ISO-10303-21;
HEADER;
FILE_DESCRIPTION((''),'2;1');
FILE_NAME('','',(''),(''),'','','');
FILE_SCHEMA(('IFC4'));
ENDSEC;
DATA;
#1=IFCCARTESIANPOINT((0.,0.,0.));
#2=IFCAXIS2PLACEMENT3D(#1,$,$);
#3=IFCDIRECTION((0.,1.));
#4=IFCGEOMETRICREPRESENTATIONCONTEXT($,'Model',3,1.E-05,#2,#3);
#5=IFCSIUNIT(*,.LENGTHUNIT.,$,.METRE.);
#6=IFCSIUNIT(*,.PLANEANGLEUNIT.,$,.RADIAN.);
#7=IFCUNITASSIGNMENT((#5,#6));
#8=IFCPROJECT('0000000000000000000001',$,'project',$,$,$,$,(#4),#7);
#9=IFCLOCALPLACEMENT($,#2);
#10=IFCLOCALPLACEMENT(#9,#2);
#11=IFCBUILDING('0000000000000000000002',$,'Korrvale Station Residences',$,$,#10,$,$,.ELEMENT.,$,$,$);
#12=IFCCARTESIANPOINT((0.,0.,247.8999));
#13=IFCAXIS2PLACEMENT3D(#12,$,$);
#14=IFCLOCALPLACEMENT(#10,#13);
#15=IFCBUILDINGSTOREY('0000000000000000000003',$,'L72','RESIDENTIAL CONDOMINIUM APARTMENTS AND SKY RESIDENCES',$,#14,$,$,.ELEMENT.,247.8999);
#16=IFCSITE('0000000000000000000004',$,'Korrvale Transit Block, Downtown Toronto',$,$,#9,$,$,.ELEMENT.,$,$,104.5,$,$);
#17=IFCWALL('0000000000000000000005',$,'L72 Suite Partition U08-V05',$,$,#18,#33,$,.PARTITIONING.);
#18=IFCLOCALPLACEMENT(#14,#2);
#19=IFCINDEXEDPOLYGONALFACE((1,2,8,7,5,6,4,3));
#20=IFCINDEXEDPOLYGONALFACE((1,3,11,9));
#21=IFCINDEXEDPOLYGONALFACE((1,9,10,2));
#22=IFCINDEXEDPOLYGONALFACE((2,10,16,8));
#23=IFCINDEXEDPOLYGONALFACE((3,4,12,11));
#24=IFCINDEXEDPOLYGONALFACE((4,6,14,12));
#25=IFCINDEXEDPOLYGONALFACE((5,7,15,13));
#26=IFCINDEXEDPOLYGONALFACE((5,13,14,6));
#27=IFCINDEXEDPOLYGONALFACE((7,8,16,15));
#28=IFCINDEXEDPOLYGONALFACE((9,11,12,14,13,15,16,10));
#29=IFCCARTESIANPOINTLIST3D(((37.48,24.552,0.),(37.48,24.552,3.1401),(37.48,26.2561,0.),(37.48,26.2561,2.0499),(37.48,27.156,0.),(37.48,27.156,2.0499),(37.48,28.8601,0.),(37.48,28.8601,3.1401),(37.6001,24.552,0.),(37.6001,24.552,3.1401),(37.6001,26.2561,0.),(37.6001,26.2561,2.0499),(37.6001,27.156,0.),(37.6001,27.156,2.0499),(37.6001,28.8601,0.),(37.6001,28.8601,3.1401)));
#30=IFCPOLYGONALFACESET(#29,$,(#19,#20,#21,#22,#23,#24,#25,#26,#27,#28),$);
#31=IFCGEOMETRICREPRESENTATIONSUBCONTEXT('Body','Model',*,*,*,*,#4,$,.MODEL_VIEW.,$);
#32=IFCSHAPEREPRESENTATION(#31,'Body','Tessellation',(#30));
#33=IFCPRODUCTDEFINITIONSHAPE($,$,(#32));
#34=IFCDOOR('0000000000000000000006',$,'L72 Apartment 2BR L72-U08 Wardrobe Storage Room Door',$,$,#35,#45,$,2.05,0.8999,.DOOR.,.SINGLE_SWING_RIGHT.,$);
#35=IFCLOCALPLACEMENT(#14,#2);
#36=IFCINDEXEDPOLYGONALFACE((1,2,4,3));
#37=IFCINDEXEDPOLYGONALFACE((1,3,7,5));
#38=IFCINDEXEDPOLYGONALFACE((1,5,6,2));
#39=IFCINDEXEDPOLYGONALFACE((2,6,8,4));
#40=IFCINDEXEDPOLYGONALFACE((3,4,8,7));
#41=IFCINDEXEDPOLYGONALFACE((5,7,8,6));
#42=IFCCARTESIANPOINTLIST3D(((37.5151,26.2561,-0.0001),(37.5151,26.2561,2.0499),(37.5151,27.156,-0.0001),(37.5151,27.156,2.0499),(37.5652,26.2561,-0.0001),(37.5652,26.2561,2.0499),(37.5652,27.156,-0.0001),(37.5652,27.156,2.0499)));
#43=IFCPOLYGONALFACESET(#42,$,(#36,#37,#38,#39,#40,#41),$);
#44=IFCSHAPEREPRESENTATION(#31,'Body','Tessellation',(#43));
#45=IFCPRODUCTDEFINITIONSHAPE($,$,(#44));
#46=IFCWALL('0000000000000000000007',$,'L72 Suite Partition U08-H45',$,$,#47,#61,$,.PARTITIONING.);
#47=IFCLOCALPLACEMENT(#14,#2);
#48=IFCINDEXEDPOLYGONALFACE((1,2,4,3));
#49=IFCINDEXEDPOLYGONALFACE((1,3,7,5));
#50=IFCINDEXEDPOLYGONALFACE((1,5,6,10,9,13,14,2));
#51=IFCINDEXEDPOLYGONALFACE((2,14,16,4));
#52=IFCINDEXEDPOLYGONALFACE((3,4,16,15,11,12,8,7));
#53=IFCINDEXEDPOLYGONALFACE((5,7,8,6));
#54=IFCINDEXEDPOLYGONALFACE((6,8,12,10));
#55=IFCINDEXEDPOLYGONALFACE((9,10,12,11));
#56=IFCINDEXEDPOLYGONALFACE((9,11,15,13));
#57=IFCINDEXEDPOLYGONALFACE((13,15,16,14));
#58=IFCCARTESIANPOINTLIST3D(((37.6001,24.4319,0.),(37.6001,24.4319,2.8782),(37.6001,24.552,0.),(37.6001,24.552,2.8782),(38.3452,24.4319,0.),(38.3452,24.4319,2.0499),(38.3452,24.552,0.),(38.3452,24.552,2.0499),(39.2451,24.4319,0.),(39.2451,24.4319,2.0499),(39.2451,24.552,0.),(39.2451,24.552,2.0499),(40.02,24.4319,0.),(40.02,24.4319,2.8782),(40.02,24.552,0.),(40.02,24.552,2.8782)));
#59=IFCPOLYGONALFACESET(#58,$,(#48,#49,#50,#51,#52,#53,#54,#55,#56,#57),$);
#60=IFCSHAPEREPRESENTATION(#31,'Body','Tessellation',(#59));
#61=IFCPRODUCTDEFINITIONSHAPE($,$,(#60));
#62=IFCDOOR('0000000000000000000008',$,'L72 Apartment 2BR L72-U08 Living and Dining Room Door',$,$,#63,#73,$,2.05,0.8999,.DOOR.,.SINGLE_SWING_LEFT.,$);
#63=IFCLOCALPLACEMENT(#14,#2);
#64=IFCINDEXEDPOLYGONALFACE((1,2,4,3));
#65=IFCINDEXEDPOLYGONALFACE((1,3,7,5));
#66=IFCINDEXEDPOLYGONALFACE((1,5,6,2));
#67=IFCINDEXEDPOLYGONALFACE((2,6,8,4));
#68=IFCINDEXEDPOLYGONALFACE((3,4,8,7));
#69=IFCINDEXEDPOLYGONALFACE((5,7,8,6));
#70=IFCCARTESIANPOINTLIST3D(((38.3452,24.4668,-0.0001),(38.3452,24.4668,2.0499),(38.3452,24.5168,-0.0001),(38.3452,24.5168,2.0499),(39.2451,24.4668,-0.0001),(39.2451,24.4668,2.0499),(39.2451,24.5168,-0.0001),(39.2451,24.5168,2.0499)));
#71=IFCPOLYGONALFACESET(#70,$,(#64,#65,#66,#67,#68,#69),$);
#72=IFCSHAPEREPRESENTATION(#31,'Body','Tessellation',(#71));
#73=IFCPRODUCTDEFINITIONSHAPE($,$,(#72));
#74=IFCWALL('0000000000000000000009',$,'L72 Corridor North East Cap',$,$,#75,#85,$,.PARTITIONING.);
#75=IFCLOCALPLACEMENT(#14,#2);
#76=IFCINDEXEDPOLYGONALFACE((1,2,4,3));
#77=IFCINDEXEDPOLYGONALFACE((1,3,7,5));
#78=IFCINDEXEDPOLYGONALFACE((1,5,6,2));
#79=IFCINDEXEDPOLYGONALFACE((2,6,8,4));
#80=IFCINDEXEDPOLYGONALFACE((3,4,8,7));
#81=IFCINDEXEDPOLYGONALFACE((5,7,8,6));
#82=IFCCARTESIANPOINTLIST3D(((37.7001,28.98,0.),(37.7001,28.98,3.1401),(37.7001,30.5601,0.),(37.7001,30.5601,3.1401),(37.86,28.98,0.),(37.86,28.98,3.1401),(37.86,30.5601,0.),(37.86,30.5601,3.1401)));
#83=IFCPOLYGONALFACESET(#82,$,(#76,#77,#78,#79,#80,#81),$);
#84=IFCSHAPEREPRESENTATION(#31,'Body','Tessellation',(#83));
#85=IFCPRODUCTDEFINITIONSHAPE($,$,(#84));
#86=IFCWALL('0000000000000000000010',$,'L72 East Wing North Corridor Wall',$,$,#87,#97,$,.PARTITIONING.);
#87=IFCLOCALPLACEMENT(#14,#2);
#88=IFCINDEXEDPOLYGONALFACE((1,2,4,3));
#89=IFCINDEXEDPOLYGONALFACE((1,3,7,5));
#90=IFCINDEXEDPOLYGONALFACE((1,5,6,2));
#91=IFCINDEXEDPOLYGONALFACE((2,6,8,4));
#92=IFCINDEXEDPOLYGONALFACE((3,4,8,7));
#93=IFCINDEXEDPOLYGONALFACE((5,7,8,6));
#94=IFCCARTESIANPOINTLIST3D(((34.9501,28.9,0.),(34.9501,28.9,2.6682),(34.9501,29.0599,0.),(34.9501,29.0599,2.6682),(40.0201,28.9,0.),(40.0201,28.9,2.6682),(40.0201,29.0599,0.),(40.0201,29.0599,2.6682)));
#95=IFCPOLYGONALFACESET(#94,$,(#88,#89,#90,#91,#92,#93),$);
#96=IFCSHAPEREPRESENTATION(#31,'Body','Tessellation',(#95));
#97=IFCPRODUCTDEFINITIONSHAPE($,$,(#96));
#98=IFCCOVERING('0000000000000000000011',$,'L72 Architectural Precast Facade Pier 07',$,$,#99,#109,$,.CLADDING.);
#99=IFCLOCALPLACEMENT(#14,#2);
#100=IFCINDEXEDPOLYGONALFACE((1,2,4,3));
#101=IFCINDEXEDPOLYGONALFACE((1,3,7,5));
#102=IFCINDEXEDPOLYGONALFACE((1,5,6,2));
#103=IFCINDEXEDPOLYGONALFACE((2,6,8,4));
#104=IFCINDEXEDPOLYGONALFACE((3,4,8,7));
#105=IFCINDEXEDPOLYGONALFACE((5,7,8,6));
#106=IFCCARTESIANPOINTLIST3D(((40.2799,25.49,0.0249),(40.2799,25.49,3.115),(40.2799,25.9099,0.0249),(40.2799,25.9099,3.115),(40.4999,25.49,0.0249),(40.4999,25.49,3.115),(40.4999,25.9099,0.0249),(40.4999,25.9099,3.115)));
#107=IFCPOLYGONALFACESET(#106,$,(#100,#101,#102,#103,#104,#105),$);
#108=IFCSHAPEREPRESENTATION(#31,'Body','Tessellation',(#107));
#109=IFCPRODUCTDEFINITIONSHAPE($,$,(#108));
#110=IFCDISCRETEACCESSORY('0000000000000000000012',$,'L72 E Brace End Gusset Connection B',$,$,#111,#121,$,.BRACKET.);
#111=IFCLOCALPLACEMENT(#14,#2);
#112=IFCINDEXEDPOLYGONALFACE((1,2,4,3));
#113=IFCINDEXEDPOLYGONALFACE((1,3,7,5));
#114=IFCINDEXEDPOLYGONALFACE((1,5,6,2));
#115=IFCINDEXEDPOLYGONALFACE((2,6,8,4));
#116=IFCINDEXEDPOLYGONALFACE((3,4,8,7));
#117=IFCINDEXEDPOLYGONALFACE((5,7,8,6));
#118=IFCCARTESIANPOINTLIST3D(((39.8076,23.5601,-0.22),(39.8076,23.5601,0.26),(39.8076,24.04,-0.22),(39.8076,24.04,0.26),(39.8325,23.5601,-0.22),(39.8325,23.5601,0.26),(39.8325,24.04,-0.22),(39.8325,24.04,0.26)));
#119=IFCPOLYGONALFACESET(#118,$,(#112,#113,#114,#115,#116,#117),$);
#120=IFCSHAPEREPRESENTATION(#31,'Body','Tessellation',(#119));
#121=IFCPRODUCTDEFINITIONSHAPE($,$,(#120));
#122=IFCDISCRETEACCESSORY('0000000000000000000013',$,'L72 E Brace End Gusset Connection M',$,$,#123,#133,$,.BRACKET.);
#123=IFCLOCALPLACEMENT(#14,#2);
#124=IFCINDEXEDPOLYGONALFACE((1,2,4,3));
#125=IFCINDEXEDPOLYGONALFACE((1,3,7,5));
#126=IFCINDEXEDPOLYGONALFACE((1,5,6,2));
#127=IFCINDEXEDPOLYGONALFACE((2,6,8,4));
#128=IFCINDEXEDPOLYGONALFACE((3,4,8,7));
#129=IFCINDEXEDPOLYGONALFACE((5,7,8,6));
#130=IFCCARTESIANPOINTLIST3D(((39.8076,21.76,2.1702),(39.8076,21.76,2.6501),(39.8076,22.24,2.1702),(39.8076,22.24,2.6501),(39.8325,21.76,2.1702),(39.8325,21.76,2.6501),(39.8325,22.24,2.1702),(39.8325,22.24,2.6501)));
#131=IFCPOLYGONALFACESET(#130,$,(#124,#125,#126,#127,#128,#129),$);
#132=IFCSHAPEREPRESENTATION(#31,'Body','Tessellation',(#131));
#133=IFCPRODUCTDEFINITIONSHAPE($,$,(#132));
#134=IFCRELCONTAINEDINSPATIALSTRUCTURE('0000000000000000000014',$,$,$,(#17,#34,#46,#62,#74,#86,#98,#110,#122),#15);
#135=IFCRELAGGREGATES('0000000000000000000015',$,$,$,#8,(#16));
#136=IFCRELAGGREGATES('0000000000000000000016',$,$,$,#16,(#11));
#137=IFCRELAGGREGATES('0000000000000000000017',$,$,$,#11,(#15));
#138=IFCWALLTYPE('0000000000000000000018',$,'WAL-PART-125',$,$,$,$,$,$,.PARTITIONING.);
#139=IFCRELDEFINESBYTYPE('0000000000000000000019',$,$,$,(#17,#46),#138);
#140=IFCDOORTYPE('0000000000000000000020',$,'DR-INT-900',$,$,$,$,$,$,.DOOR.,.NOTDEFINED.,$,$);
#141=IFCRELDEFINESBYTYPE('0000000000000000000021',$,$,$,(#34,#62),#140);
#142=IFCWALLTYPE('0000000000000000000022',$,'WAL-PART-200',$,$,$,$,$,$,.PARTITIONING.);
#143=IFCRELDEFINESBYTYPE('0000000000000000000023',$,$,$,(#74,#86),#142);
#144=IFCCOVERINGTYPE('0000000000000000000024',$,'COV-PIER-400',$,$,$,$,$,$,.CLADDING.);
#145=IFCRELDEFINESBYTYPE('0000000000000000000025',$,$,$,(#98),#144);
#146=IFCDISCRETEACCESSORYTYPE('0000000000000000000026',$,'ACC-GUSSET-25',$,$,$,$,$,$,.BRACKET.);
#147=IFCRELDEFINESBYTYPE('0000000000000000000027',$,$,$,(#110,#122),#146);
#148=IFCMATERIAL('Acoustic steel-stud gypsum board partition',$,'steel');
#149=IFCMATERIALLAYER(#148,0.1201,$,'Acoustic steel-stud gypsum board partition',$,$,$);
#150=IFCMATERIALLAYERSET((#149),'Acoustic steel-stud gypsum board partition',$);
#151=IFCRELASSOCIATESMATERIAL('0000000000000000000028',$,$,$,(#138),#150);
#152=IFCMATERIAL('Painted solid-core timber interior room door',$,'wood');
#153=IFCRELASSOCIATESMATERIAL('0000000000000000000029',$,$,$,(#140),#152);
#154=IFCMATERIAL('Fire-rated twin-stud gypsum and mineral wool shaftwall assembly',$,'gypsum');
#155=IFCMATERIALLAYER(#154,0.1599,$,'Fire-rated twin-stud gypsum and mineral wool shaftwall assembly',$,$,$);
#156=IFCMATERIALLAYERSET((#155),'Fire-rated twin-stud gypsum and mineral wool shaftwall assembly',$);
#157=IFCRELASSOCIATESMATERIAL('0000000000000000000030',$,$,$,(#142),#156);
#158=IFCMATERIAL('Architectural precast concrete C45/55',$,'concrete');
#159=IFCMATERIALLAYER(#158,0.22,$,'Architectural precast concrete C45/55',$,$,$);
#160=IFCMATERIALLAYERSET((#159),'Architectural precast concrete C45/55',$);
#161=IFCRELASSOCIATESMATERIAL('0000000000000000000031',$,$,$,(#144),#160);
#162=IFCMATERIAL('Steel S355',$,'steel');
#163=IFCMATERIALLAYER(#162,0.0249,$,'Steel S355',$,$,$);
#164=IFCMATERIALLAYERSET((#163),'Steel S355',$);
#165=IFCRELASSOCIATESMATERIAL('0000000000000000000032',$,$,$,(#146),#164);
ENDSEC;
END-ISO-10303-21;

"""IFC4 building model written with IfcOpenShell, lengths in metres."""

from ifc_helpers import new_model, si_unit, direction, frame, frame_2d, origin, origin_2d, place, context, subcontext, project, spatial, rectangle, extrude, material, layer, layer_set, type_object, element, fill, save


model = new_model("IFC4")

# Units and contexts
model_context = context("Model", 3, precision=1e-05, world=origin(), true_north=direction((0.0, 1.0)))
body_context = subcontext(model_context, "Body", "Model", "MODEL_VIEW")
ifc_project = project(units=[si_unit("LENGTHUNIT", "METRE"), si_unit("PLANEANGLEUNIT", "RADIAN")], contexts=[model_context])

# Site, building, storey
site_placement = place(None, origin())
site = spatial("IfcSite", under=ifc_project, at=site_placement, Name="Korrvale Transit Block, Downtown Toronto", CompositionType="ELEMENT", RefElevation=104.5)
building_placement = place(site_placement, origin())
building = spatial("IfcBuilding", under=site, at=building_placement, Name="Korrvale Station Residences", CompositionType="ELEMENT")
storey_placement = place(building_placement, frame((0.0, 0.0, 247.8999)))
storey = spatial("IfcBuildingStorey", under=building, at=storey_placement, Name="L72", Description="RESIDENTIAL CONDOMINIUM APARTMENTS AND SKY RESIDENCES", CompositionType="ELEMENT", Elevation=247.8999)

# Shared definitions
ifc_material_1 = material(Name="Steel S355", Category="steel")

# Walls, openings, doors
ifc_material_2 = material(Name="Acoustic steel-stud gypsum board partition", Category="steel")
ifc_layer_1 = layer(ifc_material_2, 0.1201, Name="Acoustic steel-stud gypsum board partition")
ifc_layer_set_1 = layer_set([ifc_layer_1], Name="Acoustic steel-stud gypsum board partition")
wall_type_1 = type_object("IfcWallType", Name="WAL-PART-125", PredefinedType="PARTITIONING", material=ifc_layer_set_1)
ifc_material_3 = material(Name="Painted solid-core timber interior room door", Category="wood")
door_type = type_object("IfcDoorType", Name="DR-INT-900", OperationType="NOTDEFINED", PredefinedType="DOOR", material=ifc_material_3)
wall_1_placement = place(storey_placement, frame((37.54, 24.552, 0.0), z_axis=(0.0, 0.0, 1.0), x_axis=(0.0, 1.0, 0.0)))
wall_1 = element("IfcWall", 1, at=wall_1_placement, inside=storey, type_object=wall_type_1, Name="L72 Suite Partition U08-V05", PredefinedType="PARTITIONING", context=body_context, shape_type="SweptSolid", body=[
    extrude(rectangle(XDim=4.3081, YDim=0.1201, at=frame_2d((2.1541, 0.0))), origin(), (0.0, 0.0, 1.0), 3.1401),
])
opening_1_placement = place(wall_1_placement, frame((1.7041, 0.0, 0.0)))
opening_1 = element("IfcOpeningElement", 2, at=opening_1_placement, cuts=wall_1, PredefinedType="OPENING", context=body_context, shape_type="SweptSolid", body=[
    extrude(rectangle(XDim=0.8999, YDim=2.05, at=frame_2d((0.45, 1.0249))), frame((0.0, 0.0701, 0.0), z_axis=(0.0, -1.0, 0.0), x_axis=(1.0, 0.0, 0.0)), (0.0, 0.0, 1.0), 0.1401),
])
door_1_placement = place(opening_1_placement, origin())
door_1 = element("IfcDoor", 3, at=door_1_placement, inside=storey, type_object=door_type, Name="L72 Apartment 2BR L72-U08 Wardrobe Storage Room Door", OperationType="SINGLE_SWING_RIGHT", OverallHeight=2.05, OverallWidth=0.8999, PredefinedType="DOOR", context=body_context, shape_type="SweptSolid", body=[
    extrude(rectangle(XDim=0.8999, YDim=2.05, at=frame_2d((0.45, 1.0249))), frame((0.0, 0.0249, 0.0), z_axis=(0.0, -1.0, 0.0), x_axis=(1.0, 0.0, 0.0)), (0.0, 0.0, 1.0), 0.05),
])
fill(opening_1, door_1)
wall_2_placement = place(storey_placement, frame((37.6001, 24.4919, 0.0), z_axis=(0.0, 0.0, 1.0), x_axis=(1.0, 0.0, 0.0)))
wall_2 = element("IfcWall", 4, at=wall_2_placement, inside=storey, type_object=wall_type_1, Name="L72 Suite Partition U08-H45", PredefinedType="PARTITIONING", context=body_context, shape_type="SweptSolid", body=[
    extrude(rectangle(XDim=2.4199, YDim=0.1201, at=frame_2d((1.21, 0.0))), origin(), (0.0, 0.0, 1.0), 2.8782),
])
opening_2_placement = place(wall_2_placement, frame((0.7451, 0.0, 0.0)))
opening_2 = element("IfcOpeningElement", 5, at=opening_2_placement, cuts=wall_2, PredefinedType="OPENING", context=body_context, shape_type="SweptSolid", body=[
    extrude(rectangle(XDim=0.8999, YDim=2.05, at=frame_2d((0.45, 1.0249))), frame((0.0, 0.0701, 0.0), z_axis=(0.0, -1.0, 0.0), x_axis=(1.0, 0.0, 0.0)), (0.0, 0.0, 1.0), 0.1401),
])
door_2_placement = place(opening_2_placement, origin())
door_2 = element("IfcDoor", 6, at=door_2_placement, inside=storey, type_object=door_type, Name="L72 Apartment 2BR L72-U08 Living and Dining Room Door", OperationType="SINGLE_SWING_LEFT", OverallHeight=2.05, OverallWidth=0.8999, PredefinedType="DOOR", context=body_context, shape_type="SweptSolid", body=[
    extrude(rectangle(XDim=0.8999, YDim=2.05, at=frame_2d((0.45, 1.0249))), frame((0.0, 0.0249, 0.0), z_axis=(0.0, -1.0, 0.0), x_axis=(1.0, 0.0, 0.0)), (0.0, 0.0, 1.0), 0.05),
])
fill(opening_2, door_2)

# Walls
ifc_material_4 = material(Name="Fire-rated twin-stud gypsum and mineral wool shaftwall assembly", Category="gypsum")
ifc_layer_2 = layer(ifc_material_4, 0.1599, Name="Fire-rated twin-stud gypsum and mineral wool shaftwall assembly")
ifc_layer_set_2 = layer_set([ifc_layer_2], Name="Fire-rated twin-stud gypsum and mineral wool shaftwall assembly")
wall_type_2 = type_object("IfcWallType", Name="WAL-PART-200", PredefinedType="PARTITIONING", material=ifc_layer_set_2)
wall_3_placement = place(storey_placement, frame((37.78, 28.98, 0.0), z_axis=(0.0, 0.0, 1.0), x_axis=(0.0, 1.0, 0.0)))
element("IfcWall", 7, at=wall_3_placement, inside=storey, type_object=wall_type_2, Name="L72 Corridor North East Cap", PredefinedType="PARTITIONING", context=body_context, shape_type="SweptSolid", body=[
    extrude(rectangle(XDim=1.5801, YDim=0.1599, at=frame_2d((0.79, 0.0))), origin(), (0.0, 0.0, 1.0), 3.1401),
])
wall_4_placement = place(storey_placement, frame((34.95, 28.98, 0.0), z_axis=(0.0, 0.0, 1.0), x_axis=(1.0, 0.0, 0.0)))
element("IfcWall", 8, at=wall_4_placement, inside=storey, type_object=wall_type_2, Name="L72 East Wing North Corridor Wall", PredefinedType="PARTITIONING", context=body_context, shape_type="SweptSolid", body=[
    extrude(rectangle(XDim=5.0701, YDim=0.1599, at=frame_2d((2.5352, 0.0))), origin(), (0.0, 0.0, 1.0), 2.6682),
])

# Covering
ifc_material_5 = material(Name="Architectural precast concrete C45/55", Category="concrete")
ifc_layer_3 = layer(ifc_material_5, 0.22, Name="Architectural precast concrete C45/55")
ifc_layer_set_3 = layer_set([ifc_layer_3], Name="Architectural precast concrete C45/55")
covering_type = type_object("IfcCoveringType", Name="COV-PIER-400", PredefinedType="CLADDING", material=ifc_layer_set_3)
covering_placement = place(storey_placement, frame((40.3899, 25.7, 0.0249), z_axis=(0.0, 0.0, 1.0), x_axis=(0.0, 1.0, 0.0)))
element("IfcCovering", 9, at=covering_placement, inside=storey, type_object=covering_type, Name="L72 Architectural Precast Facade Pier 07", PredefinedType="CLADDING", context=body_context, shape_type="SweptSolid", body=[
    extrude(rectangle(XDim=0.4199, YDim=0.22, at=origin_2d()), origin(), (0.0, 0.0, 1.0), 3.0901),
])

# Discrete accessories
ifc_layer_4 = layer(ifc_material_1, 0.0249, Name="Steel S355")
ifc_layer_set_4 = layer_set([ifc_layer_4], Name="Steel S355")
discrete_accessory_type = type_object("IfcDiscreteAccessoryType", Name="ACC-GUSSET-25", PredefinedType="BRACKET", material=ifc_layer_set_4)
for number, where, z_axis, x_axis, name in (
    (10, (39.8201, 23.8, -0.22), (0.0, 0.0, 1.0), (0.0, 1.0, 0.0), "L72 E Brace End Gusset Connection B"),
    (11, (39.8201, 22.0, 2.1702), (0.0, 0.0, 1.0), (0.0, 1.0, 0.0), "L72 E Brace End Gusset Connection M"),
):
    element("IfcDiscreteAccessory", number, at=place(storey_placement, frame(where, z_axis=z_axis, x_axis=x_axis)), inside=storey, type_object=discrete_accessory_type, Name=name, PredefinedType="BRACKET", context=body_context, shape_type="SweptSolid", body=[
        extrude(rectangle(XDim=0.48, YDim=0.0249, at=origin_2d()), origin(), (0.0, 0.0, 1.0), 0.48),
    ])

save(model, "model.ifc")
